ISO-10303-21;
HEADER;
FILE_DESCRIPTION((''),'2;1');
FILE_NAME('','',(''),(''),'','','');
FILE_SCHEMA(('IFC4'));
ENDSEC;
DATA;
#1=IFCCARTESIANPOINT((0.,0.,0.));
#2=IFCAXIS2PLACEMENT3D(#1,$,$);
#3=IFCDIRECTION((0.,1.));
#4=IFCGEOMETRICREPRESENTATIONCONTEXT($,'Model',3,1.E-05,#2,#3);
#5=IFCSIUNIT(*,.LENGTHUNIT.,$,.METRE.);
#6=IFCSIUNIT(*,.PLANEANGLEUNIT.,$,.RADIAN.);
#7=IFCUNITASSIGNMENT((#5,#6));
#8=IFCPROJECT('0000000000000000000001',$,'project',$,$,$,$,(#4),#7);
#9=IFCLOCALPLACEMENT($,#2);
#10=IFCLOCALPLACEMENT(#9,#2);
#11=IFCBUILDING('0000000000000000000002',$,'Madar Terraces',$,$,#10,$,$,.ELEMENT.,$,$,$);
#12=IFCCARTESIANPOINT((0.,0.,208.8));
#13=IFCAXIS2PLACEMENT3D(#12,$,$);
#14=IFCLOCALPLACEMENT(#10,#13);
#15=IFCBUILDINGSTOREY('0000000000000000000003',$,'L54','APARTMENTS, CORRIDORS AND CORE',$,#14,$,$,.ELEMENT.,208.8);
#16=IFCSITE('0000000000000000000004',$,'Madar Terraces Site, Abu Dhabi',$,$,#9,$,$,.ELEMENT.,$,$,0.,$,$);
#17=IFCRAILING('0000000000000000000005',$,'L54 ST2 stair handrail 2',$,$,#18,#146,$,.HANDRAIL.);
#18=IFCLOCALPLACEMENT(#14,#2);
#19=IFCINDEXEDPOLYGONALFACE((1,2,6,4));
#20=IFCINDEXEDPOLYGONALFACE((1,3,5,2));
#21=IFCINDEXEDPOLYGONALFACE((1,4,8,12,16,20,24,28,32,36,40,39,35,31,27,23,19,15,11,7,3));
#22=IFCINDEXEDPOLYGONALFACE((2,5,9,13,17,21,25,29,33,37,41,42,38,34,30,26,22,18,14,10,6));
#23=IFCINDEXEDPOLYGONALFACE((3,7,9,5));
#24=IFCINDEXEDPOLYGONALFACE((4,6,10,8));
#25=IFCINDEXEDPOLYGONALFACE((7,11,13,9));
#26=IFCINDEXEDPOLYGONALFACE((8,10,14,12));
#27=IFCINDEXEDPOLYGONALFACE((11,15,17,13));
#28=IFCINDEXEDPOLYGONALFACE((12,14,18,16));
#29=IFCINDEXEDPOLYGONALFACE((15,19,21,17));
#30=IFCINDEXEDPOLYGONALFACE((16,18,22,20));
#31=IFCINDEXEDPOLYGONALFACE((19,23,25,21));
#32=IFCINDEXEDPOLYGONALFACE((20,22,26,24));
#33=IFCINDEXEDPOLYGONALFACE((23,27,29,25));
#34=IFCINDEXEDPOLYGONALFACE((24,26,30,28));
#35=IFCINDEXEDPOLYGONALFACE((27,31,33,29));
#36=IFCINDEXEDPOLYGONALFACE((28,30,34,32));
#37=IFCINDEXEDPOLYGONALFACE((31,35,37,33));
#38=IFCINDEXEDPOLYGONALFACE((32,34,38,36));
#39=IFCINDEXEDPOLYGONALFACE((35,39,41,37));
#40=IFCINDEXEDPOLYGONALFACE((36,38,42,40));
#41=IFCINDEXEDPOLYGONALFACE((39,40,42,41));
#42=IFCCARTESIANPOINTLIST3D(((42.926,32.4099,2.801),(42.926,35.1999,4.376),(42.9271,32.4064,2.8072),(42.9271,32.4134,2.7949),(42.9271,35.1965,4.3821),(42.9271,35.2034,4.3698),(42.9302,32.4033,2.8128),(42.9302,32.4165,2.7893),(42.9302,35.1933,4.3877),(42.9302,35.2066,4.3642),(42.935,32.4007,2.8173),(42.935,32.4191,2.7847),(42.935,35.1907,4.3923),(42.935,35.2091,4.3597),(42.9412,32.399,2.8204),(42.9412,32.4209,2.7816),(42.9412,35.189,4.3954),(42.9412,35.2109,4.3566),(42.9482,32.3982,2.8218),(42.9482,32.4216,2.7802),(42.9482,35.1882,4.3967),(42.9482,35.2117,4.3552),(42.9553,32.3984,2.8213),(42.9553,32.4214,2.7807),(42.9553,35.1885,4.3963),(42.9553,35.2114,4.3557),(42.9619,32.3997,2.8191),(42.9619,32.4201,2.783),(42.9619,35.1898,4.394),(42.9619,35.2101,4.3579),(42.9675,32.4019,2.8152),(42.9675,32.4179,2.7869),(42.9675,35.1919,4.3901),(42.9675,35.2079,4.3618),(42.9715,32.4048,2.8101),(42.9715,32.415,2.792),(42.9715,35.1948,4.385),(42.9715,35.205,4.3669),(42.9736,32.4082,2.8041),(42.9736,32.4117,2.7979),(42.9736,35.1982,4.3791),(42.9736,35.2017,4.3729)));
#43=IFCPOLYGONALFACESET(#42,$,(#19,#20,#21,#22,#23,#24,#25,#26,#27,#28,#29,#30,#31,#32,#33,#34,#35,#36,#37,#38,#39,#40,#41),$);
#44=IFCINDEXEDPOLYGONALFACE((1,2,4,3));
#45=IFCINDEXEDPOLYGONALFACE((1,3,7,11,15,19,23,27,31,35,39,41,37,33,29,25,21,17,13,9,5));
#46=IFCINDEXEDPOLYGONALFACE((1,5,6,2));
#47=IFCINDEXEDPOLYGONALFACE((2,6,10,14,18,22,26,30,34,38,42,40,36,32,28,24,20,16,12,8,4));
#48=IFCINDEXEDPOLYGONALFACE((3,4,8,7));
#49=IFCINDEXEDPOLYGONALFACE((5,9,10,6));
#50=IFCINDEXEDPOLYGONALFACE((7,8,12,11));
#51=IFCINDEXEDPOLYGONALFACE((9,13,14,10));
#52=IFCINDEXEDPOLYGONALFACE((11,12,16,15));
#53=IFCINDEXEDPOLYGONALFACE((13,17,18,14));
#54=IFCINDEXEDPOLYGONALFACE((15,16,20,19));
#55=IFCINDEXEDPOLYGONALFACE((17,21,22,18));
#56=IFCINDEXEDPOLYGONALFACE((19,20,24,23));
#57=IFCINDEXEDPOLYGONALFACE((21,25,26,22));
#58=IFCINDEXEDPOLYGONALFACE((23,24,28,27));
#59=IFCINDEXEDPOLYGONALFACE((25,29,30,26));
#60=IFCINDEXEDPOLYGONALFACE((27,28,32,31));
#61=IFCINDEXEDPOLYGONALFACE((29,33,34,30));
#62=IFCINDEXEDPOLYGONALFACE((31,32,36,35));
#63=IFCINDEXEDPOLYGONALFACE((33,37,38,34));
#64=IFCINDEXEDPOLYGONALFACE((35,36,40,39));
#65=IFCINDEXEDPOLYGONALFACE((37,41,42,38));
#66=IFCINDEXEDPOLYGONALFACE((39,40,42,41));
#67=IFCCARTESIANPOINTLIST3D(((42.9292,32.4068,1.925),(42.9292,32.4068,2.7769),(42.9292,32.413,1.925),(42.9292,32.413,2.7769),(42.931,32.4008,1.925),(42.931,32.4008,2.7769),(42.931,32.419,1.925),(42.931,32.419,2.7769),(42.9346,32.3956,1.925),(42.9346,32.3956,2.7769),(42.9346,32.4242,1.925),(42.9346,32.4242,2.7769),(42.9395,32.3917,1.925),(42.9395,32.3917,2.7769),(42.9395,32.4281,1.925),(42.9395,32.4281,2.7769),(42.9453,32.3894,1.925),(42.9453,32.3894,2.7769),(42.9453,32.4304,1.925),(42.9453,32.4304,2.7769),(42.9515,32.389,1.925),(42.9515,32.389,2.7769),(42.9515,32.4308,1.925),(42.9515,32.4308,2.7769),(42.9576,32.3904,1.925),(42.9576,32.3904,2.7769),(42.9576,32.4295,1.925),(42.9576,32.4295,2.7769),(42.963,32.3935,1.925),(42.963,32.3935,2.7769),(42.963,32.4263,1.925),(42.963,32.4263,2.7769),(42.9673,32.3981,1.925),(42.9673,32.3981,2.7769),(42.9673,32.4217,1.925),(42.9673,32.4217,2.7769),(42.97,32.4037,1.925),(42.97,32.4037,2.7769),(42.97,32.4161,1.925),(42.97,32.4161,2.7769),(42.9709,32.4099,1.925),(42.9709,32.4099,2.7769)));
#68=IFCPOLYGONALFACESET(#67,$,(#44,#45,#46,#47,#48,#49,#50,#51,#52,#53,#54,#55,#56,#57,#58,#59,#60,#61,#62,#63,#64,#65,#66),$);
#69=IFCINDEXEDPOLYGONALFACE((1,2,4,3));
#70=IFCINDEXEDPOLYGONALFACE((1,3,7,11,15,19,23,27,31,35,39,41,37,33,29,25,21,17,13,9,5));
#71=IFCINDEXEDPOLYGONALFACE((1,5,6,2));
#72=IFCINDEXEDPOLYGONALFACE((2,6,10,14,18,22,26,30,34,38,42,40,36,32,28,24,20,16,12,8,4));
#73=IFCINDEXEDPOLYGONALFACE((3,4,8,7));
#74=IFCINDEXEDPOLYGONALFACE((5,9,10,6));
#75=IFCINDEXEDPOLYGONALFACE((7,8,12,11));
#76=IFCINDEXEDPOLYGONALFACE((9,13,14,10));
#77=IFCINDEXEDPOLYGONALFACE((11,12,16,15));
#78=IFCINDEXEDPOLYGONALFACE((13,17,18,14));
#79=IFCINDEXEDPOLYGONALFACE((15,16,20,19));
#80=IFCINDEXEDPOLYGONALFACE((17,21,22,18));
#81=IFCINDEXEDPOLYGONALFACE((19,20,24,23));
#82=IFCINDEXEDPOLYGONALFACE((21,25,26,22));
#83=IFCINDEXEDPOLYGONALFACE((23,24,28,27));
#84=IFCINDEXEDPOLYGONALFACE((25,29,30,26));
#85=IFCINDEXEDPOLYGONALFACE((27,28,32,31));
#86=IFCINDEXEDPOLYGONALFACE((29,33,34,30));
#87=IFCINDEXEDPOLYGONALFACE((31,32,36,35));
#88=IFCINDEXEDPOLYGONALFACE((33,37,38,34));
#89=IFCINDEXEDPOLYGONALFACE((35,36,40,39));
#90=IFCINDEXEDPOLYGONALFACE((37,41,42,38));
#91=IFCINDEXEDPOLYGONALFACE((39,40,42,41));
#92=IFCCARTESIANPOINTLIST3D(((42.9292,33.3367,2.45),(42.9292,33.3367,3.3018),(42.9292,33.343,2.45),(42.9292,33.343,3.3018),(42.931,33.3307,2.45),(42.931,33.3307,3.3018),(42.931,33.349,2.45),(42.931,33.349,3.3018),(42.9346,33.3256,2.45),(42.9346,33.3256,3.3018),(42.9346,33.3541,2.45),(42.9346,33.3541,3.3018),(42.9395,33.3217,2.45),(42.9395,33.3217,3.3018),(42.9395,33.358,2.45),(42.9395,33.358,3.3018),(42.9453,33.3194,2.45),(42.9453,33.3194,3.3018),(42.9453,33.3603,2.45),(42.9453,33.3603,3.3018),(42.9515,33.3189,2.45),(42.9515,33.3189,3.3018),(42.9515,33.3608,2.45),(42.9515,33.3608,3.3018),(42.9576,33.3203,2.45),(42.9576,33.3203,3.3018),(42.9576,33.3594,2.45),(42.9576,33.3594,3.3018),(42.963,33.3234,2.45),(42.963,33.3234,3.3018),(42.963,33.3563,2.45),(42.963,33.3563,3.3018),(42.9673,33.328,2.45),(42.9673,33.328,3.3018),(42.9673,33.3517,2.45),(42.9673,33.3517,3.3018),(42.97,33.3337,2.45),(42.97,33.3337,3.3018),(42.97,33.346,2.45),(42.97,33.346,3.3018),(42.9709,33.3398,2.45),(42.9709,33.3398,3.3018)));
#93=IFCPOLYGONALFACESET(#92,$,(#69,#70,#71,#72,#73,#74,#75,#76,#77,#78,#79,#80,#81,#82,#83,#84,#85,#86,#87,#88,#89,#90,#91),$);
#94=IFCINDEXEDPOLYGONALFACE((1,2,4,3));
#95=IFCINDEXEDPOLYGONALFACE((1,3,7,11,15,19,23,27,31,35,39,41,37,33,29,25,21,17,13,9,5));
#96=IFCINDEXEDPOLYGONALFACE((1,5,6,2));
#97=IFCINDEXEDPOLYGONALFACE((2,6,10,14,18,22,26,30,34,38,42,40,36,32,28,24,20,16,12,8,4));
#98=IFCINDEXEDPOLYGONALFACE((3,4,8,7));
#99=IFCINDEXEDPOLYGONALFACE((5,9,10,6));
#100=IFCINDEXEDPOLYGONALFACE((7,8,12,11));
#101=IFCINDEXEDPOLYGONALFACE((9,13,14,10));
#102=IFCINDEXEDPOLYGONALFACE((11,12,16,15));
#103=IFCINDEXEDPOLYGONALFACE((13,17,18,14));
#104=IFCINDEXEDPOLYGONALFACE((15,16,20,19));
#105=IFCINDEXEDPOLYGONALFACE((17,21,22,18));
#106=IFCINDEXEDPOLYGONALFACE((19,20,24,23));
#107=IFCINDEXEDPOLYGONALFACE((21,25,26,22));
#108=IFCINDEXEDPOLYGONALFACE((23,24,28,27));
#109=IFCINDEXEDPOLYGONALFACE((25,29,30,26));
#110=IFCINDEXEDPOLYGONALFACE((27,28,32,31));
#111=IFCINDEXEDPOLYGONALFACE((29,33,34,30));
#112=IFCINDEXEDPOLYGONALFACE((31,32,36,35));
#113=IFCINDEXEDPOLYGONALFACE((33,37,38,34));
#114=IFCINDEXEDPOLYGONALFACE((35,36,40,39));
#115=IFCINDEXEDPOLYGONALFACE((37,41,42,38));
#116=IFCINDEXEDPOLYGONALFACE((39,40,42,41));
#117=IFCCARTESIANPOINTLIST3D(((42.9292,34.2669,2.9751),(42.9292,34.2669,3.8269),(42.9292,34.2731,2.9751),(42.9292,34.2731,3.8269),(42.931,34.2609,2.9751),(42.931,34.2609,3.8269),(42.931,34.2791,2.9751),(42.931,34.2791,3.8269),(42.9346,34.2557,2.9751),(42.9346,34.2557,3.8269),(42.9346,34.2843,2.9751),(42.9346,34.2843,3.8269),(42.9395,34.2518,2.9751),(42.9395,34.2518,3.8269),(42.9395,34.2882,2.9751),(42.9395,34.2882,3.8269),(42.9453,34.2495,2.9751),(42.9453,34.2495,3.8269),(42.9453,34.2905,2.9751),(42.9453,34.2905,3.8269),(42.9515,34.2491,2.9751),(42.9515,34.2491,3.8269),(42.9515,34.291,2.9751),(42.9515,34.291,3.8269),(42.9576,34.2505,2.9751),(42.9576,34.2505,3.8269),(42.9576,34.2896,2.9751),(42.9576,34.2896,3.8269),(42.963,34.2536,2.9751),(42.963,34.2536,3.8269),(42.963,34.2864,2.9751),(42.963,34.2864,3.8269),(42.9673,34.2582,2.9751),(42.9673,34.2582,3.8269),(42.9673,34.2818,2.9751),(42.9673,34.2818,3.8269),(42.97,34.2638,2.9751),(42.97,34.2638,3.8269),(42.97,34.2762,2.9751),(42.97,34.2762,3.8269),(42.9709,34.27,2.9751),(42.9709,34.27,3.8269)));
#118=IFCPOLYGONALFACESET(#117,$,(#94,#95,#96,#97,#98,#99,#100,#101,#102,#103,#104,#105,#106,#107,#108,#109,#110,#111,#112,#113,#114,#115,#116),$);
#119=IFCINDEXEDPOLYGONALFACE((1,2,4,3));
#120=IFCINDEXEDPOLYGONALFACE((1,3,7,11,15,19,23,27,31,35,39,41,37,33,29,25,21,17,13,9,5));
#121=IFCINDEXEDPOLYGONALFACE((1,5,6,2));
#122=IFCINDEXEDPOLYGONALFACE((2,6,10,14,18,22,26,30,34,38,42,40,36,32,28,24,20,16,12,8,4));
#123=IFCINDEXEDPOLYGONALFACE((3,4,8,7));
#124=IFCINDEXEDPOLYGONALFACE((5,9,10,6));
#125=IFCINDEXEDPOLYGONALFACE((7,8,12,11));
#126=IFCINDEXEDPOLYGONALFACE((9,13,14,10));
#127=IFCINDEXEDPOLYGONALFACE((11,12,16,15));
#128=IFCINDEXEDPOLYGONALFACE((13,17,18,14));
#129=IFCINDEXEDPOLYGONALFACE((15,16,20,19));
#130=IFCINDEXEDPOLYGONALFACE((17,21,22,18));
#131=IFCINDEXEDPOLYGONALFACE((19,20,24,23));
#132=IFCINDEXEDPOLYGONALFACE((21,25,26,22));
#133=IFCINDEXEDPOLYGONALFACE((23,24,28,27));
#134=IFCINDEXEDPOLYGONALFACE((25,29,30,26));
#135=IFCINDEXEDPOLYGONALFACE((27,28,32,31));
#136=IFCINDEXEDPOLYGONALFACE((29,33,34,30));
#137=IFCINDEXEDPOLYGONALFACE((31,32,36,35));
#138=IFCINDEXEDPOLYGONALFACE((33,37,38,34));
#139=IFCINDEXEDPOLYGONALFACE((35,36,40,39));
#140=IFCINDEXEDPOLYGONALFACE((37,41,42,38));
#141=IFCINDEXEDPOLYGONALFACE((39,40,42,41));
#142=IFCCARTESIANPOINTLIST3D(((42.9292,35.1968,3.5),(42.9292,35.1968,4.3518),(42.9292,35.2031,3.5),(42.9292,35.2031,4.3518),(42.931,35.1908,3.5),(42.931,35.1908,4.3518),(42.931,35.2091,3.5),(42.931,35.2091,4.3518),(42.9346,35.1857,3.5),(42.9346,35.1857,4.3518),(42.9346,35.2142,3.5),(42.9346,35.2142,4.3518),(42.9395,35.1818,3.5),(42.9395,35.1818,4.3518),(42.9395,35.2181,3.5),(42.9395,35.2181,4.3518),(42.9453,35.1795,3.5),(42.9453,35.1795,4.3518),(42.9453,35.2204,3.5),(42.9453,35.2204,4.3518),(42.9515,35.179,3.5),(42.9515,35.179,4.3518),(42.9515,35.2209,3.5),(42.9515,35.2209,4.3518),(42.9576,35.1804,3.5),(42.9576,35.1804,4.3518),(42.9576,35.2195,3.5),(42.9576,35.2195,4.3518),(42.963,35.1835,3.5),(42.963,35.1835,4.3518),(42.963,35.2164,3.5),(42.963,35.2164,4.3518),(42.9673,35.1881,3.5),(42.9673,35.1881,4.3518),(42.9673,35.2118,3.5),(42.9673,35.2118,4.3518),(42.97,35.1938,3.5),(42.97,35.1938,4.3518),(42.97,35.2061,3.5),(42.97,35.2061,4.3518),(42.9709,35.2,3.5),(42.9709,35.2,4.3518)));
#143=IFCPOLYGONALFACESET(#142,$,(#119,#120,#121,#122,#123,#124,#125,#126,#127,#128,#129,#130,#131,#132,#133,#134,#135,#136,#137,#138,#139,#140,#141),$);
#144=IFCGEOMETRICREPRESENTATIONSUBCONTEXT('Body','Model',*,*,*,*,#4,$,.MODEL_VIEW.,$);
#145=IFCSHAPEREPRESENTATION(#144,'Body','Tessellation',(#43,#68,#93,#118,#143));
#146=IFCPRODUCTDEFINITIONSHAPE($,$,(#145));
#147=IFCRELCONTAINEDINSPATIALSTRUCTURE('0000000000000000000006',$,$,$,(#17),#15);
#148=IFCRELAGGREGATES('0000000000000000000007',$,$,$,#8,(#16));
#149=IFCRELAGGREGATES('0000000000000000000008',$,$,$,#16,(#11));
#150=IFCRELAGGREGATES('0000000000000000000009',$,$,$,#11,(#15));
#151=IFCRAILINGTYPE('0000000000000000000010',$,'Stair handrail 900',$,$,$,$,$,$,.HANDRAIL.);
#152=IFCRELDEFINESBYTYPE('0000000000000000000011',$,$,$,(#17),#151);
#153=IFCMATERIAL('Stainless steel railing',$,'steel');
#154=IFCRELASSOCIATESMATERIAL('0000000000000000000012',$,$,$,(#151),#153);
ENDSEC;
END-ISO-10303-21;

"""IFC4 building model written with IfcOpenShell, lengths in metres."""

from ifc_helpers import new_model, si_unit, direction, frame, origin, origin_2d, place, context, subcontext, project, spatial, circle, extrude, material, type_object, element, save


model = new_model("IFC4")

# Units and contexts
model_context = context("Model", 3, precision=1e-05, world=origin(), true_north=direction((0.0, 1.0)))
body_context = subcontext(model_context, "Body", "Model", "MODEL_VIEW")
ifc_project = project(units=[si_unit("LENGTHUNIT", "METRE"), si_unit("PLANEANGLEUNIT", "RADIAN")], contexts=[model_context])

# Site, building, storey
site_placement = place(None, origin())
site = spatial("IfcSite", under=ifc_project, at=site_placement, Name="Madar Terraces Site, Abu Dhabi", CompositionType="ELEMENT", RefElevation=0.0)
building_placement = place(site_placement, origin())
building = spatial("IfcBuilding", under=site, at=building_placement, Name="Madar Terraces", CompositionType="ELEMENT")
storey_placement = place(building_placement, frame((0.0, 0.0, 208.8)))
storey = spatial("IfcBuildingStorey", under=building, at=storey_placement, Name="L54", Description="APARTMENTS, CORRIDORS AND CORE", CompositionType="ELEMENT", Elevation=208.8)

# Railing
ifc_material_1 = material(Name="Stainless steel railing", Category="steel")
railing_type_1 = type_object("IfcRailingType", Name="Stair handrail 900", PredefinedType="HANDRAIL", material=ifc_material_1)
railing_1_placement = place(storey_placement, frame((42.95, 32.4099, 1.925)))
element("IfcRailing", 1, at=railing_1_placement, inside=storey, type_object=railing_type_1, Name="L54 ST2 stair handrail 2", PredefinedType="HANDRAIL", context=body_context, shape_type="SweptSolid", body=[
    extrude(circle(Radius=0.0239, at=origin_2d()), frame((0.0, 0.0, 0.876), z_axis=(0.0, 0.870834, 0.491578), x_axis=(-1.0, 0.0, 0.0)), (0.0, 0.0, 1.0), 3.2039),
    extrude(circle(Radius=0.021, at=origin_2d()), origin(), (0.0, 0.0, 1.0), 0.8518),
    extrude(circle(Radius=0.021, at=origin_2d()), frame((0.0, 0.9299, 0.5249)), (0.0, 0.0, 1.0), 0.8518),
    extrude(circle(Radius=0.021, at=origin_2d()), frame((0.0, 1.8601, 1.05)), (0.0, 0.0, 1.0), 0.8518),
    extrude(circle(Radius=0.021, at=origin_2d()), frame((0.0, 2.79, 1.575)), (0.0, 0.0, 1.0), 0.8518),
])

save(model, "model.ifc")
